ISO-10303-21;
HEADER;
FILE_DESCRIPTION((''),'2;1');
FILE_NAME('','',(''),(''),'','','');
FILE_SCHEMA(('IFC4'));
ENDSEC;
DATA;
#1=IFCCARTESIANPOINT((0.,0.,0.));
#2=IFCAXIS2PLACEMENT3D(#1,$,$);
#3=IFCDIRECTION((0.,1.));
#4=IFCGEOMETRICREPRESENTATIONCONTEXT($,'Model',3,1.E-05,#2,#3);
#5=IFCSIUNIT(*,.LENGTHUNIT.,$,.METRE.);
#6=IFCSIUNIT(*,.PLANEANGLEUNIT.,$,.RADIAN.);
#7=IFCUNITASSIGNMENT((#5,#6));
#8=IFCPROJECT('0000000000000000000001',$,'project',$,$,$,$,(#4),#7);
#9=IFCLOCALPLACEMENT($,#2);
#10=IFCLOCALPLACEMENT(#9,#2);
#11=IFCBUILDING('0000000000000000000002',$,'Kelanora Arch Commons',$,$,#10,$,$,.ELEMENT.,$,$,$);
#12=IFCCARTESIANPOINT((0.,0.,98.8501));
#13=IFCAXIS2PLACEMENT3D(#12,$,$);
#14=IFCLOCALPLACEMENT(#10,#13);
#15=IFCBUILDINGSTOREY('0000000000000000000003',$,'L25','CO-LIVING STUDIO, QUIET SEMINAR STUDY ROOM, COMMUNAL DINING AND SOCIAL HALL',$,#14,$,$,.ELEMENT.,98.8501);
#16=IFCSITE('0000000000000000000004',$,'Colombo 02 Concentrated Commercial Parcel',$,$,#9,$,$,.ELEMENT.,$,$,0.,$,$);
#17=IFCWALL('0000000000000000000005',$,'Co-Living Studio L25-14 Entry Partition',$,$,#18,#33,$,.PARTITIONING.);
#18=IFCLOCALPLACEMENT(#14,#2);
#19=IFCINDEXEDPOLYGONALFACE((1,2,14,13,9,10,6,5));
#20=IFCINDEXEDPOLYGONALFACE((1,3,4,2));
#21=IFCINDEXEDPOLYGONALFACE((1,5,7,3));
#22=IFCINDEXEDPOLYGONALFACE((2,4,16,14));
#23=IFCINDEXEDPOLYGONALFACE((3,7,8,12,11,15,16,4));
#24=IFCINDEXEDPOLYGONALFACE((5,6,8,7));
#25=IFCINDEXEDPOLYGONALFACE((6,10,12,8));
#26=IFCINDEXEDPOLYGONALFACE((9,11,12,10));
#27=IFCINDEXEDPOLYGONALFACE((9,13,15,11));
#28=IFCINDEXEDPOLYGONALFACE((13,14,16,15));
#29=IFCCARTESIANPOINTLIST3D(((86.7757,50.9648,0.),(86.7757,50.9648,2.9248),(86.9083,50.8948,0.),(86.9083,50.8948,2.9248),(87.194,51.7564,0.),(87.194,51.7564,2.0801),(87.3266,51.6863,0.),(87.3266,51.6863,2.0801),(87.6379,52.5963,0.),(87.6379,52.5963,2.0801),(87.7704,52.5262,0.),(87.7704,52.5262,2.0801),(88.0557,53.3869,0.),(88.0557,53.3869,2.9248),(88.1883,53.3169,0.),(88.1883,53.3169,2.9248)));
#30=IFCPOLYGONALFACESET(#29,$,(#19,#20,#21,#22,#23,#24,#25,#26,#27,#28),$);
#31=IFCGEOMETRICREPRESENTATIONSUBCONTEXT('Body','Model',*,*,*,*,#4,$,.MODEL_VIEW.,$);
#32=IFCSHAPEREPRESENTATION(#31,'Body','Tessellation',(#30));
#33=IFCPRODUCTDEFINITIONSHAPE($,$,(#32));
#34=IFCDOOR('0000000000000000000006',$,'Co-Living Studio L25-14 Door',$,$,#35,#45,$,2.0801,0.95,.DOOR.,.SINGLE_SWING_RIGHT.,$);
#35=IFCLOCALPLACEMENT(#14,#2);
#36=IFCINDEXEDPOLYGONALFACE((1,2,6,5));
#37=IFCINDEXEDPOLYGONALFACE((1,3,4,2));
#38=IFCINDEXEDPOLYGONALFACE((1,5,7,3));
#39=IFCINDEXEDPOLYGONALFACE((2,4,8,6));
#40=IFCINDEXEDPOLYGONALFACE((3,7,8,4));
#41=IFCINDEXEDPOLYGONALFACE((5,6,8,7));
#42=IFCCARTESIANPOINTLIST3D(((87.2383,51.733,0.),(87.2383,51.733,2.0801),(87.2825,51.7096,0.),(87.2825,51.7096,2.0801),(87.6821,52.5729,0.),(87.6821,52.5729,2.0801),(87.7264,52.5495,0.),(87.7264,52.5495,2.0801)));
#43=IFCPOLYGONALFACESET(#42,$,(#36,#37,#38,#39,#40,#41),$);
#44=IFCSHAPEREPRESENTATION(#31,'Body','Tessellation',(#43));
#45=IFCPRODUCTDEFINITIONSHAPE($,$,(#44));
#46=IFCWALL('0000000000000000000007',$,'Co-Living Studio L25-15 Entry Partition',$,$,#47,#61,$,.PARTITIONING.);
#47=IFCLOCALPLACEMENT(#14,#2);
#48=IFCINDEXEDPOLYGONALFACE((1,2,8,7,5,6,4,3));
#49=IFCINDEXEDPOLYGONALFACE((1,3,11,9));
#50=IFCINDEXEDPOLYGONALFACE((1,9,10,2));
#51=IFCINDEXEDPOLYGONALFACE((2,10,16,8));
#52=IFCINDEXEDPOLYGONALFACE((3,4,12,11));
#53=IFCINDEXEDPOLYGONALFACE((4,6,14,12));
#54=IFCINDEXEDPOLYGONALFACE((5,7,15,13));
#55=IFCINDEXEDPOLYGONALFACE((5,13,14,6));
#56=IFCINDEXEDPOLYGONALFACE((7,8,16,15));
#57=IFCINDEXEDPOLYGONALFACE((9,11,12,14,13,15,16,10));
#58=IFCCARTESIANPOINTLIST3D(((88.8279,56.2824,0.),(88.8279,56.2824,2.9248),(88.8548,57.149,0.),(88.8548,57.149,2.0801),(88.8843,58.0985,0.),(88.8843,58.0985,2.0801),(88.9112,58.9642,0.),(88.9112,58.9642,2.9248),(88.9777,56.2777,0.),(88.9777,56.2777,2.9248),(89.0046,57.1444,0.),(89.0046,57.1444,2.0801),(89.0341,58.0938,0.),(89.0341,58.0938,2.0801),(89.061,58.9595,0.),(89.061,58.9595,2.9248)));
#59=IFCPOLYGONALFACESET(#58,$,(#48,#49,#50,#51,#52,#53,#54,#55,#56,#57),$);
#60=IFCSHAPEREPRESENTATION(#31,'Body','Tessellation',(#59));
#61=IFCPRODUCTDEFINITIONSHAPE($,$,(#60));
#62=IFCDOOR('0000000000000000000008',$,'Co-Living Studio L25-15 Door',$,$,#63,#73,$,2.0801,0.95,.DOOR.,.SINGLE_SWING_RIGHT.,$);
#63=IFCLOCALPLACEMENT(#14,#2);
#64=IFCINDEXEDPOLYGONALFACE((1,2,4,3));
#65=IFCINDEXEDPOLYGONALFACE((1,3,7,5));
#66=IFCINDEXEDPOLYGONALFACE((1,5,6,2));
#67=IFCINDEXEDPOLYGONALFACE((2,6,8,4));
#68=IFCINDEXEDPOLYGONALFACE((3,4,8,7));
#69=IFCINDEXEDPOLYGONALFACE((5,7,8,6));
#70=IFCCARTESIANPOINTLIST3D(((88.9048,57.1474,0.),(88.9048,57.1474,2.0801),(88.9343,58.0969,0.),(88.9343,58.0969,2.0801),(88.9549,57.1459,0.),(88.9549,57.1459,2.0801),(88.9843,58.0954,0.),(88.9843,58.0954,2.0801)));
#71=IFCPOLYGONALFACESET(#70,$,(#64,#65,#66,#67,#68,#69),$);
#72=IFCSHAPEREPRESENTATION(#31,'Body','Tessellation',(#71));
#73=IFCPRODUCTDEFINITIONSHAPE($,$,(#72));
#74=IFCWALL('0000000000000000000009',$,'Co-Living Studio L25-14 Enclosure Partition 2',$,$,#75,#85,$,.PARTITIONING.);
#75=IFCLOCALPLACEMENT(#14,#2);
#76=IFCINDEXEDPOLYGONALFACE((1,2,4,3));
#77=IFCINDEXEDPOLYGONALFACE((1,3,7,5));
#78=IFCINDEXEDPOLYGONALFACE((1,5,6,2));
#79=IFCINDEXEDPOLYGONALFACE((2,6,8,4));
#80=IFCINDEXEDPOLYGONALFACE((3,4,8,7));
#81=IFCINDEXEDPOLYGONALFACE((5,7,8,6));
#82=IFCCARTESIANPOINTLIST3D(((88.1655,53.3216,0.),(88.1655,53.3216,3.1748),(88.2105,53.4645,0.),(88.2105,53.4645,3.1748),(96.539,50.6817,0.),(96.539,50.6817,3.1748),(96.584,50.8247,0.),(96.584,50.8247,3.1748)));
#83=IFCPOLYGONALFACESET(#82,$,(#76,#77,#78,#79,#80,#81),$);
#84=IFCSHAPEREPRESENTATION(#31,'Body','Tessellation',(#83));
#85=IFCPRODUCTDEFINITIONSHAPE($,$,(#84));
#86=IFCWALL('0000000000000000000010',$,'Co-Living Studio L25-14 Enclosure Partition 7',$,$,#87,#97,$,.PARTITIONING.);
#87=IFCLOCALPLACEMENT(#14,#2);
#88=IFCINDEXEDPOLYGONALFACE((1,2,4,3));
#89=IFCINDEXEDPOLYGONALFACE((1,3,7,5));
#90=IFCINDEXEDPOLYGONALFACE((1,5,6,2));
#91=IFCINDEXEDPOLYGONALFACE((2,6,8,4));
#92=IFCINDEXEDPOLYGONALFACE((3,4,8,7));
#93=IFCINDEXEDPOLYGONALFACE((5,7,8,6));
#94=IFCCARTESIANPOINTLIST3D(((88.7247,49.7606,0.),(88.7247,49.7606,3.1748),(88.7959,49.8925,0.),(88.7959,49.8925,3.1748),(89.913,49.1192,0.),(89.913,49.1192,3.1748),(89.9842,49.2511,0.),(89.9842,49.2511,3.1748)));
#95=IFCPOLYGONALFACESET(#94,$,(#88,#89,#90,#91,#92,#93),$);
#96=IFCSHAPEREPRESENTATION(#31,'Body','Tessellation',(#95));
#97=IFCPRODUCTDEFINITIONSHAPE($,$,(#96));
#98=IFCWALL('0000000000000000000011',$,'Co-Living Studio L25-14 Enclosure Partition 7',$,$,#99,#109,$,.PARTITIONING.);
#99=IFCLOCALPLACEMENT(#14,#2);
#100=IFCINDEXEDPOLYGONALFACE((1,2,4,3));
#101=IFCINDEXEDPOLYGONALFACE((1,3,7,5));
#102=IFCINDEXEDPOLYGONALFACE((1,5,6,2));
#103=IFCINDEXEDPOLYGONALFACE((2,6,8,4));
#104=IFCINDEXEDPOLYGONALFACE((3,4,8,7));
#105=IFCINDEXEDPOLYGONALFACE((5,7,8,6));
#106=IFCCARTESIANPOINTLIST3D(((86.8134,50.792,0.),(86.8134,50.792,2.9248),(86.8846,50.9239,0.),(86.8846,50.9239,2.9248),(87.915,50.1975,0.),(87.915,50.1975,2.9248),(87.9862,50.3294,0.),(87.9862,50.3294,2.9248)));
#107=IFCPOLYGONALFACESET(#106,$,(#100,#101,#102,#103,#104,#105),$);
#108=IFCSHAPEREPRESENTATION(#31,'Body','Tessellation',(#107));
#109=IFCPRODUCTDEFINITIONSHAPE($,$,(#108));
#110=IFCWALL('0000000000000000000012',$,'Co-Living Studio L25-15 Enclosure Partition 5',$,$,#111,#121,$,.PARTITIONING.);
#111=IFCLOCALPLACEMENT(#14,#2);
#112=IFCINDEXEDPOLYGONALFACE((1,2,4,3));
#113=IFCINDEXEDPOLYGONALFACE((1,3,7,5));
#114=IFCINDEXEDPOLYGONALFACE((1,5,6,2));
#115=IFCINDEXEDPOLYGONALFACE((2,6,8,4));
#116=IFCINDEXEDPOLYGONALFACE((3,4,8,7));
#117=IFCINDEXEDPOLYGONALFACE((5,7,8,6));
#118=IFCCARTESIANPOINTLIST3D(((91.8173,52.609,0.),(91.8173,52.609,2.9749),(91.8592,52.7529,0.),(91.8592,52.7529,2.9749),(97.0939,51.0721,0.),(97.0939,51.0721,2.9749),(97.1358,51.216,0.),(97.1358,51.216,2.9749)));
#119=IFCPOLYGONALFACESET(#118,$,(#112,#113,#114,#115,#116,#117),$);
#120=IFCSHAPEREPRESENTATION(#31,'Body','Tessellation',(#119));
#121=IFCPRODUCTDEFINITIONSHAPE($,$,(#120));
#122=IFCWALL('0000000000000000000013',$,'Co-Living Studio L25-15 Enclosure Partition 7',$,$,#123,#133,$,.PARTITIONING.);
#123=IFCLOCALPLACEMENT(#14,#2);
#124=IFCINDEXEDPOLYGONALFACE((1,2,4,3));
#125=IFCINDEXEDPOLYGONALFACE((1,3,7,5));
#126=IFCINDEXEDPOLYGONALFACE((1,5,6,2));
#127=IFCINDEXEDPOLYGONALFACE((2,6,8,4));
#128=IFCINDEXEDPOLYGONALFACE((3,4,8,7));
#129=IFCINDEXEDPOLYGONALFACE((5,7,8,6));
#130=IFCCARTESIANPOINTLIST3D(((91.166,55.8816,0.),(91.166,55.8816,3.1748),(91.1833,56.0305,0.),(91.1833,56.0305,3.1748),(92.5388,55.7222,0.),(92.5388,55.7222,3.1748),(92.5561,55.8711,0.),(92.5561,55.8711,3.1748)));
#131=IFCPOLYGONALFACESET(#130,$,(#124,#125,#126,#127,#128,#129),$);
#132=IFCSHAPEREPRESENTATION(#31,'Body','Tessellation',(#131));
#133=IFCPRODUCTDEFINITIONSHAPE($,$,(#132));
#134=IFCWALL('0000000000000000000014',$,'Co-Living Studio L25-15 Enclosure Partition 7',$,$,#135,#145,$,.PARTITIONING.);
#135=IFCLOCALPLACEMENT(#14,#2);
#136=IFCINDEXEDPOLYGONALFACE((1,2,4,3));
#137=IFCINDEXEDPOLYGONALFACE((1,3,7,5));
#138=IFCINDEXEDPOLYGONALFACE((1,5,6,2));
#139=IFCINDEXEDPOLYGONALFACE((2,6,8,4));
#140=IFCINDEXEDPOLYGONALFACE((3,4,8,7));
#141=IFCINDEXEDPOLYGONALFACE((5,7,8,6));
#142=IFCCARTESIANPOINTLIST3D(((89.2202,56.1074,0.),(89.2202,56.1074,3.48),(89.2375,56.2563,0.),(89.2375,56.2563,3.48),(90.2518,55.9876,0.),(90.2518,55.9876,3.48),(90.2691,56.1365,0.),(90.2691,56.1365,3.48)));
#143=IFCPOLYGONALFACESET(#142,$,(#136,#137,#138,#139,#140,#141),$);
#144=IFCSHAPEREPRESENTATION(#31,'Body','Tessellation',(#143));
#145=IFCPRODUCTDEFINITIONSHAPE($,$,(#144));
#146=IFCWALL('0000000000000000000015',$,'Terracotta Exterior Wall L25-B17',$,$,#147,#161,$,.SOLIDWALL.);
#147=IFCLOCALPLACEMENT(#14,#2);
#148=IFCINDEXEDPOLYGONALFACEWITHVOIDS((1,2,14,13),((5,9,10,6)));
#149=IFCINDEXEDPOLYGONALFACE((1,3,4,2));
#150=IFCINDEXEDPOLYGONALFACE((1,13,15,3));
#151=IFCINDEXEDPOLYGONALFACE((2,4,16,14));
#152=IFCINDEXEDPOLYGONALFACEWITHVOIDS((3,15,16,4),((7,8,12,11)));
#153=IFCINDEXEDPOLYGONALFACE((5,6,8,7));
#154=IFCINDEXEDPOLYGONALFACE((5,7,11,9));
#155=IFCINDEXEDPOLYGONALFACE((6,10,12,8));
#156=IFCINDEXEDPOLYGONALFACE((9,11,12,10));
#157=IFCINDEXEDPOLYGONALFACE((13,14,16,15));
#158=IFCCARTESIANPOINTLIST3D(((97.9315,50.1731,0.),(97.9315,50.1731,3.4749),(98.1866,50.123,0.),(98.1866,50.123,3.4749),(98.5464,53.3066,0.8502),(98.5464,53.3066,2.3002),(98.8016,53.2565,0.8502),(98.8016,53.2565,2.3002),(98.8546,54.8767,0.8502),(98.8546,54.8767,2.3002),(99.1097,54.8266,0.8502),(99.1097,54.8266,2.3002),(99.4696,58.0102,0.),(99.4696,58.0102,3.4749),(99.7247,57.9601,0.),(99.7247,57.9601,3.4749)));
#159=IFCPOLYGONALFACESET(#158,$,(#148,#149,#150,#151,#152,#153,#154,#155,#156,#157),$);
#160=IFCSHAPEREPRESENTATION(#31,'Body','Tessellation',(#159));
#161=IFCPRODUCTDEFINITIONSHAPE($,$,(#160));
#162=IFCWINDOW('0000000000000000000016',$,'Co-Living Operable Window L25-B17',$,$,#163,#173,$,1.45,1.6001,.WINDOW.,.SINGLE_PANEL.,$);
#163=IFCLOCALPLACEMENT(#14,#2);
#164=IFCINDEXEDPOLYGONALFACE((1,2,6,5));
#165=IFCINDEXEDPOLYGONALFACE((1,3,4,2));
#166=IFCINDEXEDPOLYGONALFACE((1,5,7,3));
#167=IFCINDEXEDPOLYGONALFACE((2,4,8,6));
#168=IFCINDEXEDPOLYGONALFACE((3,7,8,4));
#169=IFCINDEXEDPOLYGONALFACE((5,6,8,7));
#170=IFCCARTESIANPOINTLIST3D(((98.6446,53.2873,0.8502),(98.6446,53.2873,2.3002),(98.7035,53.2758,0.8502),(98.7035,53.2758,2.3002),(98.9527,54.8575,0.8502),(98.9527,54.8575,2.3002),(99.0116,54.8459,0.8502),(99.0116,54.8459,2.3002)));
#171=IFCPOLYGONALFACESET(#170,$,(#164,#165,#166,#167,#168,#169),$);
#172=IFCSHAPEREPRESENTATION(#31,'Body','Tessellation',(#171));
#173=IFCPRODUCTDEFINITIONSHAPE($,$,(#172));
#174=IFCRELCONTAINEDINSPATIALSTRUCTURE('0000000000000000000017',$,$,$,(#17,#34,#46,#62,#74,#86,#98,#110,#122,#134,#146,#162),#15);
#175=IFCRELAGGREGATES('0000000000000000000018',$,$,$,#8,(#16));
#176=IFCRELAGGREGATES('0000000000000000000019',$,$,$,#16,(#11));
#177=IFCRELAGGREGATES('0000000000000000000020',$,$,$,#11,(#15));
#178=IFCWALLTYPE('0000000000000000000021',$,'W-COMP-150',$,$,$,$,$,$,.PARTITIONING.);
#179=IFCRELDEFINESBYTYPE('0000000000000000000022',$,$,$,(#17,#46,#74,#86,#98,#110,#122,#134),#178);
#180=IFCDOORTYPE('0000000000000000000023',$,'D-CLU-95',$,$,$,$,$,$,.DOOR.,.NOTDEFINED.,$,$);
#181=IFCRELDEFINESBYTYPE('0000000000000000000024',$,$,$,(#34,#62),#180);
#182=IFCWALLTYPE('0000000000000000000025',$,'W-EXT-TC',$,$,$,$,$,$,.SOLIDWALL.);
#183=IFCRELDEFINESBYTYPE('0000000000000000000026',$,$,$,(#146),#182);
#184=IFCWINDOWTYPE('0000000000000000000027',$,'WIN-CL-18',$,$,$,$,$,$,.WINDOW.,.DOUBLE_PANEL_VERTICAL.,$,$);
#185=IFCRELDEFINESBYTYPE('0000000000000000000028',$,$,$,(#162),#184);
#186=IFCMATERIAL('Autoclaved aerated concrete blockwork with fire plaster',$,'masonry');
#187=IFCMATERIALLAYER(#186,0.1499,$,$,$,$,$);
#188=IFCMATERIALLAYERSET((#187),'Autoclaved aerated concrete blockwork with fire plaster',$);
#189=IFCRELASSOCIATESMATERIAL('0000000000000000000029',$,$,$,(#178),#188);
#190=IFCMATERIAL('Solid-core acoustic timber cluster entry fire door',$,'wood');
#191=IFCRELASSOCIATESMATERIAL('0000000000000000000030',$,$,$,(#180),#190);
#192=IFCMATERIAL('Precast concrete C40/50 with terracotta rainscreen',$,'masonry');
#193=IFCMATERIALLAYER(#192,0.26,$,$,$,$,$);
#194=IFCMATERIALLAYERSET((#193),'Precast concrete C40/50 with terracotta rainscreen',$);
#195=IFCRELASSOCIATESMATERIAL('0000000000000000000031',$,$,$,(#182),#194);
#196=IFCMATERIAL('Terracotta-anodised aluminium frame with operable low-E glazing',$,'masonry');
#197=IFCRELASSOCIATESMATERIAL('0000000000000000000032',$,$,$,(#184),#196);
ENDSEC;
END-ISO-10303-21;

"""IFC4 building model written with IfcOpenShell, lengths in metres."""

from ifc_helpers import new_model, si_unit, direction, frame, frame_2d, origin, place, context, subcontext, project, spatial, rectangle, extrude, material, layer, layer_set, type_object, element, fill, save


model = new_model("IFC4")

# Units and contexts
model_context = context("Model", 3, precision=1e-05, world=origin(), true_north=direction((0.0, 1.0)))
body_context = subcontext(model_context, "Body", "Model", "MODEL_VIEW")
ifc_project = project(units=[si_unit("LENGTHUNIT", "METRE"), si_unit("PLANEANGLEUNIT", "RADIAN")], contexts=[model_context])

# Site, building, storey
site_placement = place(None, origin())
site = spatial("IfcSite", under=ifc_project, at=site_placement, Name="Colombo 02 Concentrated Commercial Parcel", CompositionType="ELEMENT", RefElevation=0.0)
building_placement = place(site_placement, origin())
building = spatial("IfcBuilding", under=site, at=building_placement, Name="Kelanora Arch Commons", CompositionType="ELEMENT")
storey_placement = place(building_placement, frame((0.0, 0.0, 98.8501)))
storey = spatial("IfcBuildingStorey", under=building, at=storey_placement, Name="L25", Description="CO-LIVING STUDIO, QUIET SEMINAR STUDY ROOM, COMMUNAL DINING AND SOCIAL HALL", CompositionType="ELEMENT", Elevation=98.8501)

# Walls, openings, doors
ifc_material_1 = material(Name="Autoclaved aerated concrete blockwork with fire plaster", Category="masonry")
ifc_layer_1 = layer(ifc_material_1, 0.1499)
ifc_layer_set_1 = layer_set([ifc_layer_1], Name="Autoclaved aerated concrete blockwork with fire plaster")
wall_type_1 = type_object("IfcWallType", Name="W-COMP-150", PredefinedType="PARTITIONING", material=ifc_layer_set_1)
wall_1_placement = place(storey_placement, frame((86.842, 50.9299, 0.0), z_axis=(0.0, 0.0, 1.0), x_axis=(0.467241, 0.88413, 0.0)))
wall_1 = element("IfcWall", 1, at=wall_1_placement, inside=storey, type_object=wall_type_1, Name="Co-Living Studio L25-14 Entry Partition", PredefinedType="PARTITIONING", context=body_context, shape_type="SweptSolid", body=[
    extrude(rectangle(XDim=2.7395, YDim=0.1499, at=frame_2d((1.3696, 0.0))), origin(), (0.0, 0.0, 1.0), 2.9248),
])
opening_1_placement = place(wall_1_placement, frame((0.895, 0.0, 0.0)))
opening_1 = element("IfcOpeningElement", 2, at=opening_1_placement, cuts=wall_1, PredefinedType="OPENING", context=body_context, shape_type="SweptSolid", body=[
    extrude(rectangle(XDim=0.95, YDim=2.0801, at=frame_2d((0.4751, 1.04))), frame((0.0, 0.085, 0.0), z_axis=(0.0, -1.0, 0.0), x_axis=(1.0, 0.0, 0.0)), (0.0, 0.0, 1.0), 0.1699),
])
ifc_material_2 = material(Name="Solid-core acoustic timber cluster entry fire door", Category="wood")
door_type_1 = type_object("IfcDoorType", Name="D-CLU-95", OperationType="NOTDEFINED", PredefinedType="DOOR", material=ifc_material_2)
door_1_placement = place(opening_1_placement, origin())
door_1 = element("IfcDoor", 3, at=door_1_placement, inside=storey, type_object=door_type_1, Name="Co-Living Studio L25-14 Door", OperationType="SINGLE_SWING_RIGHT", OverallHeight=2.0801, OverallWidth=0.95, PredefinedType="DOOR", context=body_context, shape_type="SweptSolid", body=[
    extrude(rectangle(XDim=0.95, YDim=2.0801, at=frame_2d((0.4751, 1.04))), frame((0.0, 0.0249, 0.0), z_axis=(0.0, -1.0, 0.0), x_axis=(1.0, 0.0, 0.0)), (0.0, 0.0, 1.0), 0.05),
])
fill(opening_1, door_1)
wall_2_placement = place(storey_placement, frame((88.9028, 56.28, 0.0), z_axis=(0.0, 0.0, 1.0), x_axis=(0.031027, 0.999519, 0.0)))
wall_2 = element("IfcWall", 4, at=wall_2_placement, inside=storey, type_object=wall_type_1, Name="Co-Living Studio L25-15 Entry Partition", PredefinedType="PARTITIONING", context=body_context, shape_type="SweptSolid", body=[
    extrude(rectangle(XDim=2.6831, YDim=0.1499, at=frame_2d((1.3416, 0.0))), origin(), (0.0, 0.0, 1.0), 2.9248),
])
opening_2_placement = place(wall_2_placement, frame((0.8669, 0.0, 0.0)))
opening_2 = element("IfcOpeningElement", 5, at=opening_2_placement, cuts=wall_2, PredefinedType="OPENING", context=body_context, shape_type="SweptSolid", body=[
    extrude(rectangle(XDim=0.95, YDim=2.0801, at=frame_2d((0.4751, 1.04))), frame((0.0, 0.085, 0.0), z_axis=(0.0, -1.0, 0.0), x_axis=(1.0, 0.0, 0.0)), (0.0, 0.0, 1.0), 0.1699),
])
door_2_placement = place(opening_2_placement, origin())
door_2 = element("IfcDoor", 6, at=door_2_placement, inside=storey, type_object=door_type_1, Name="Co-Living Studio L25-15 Door", OperationType="SINGLE_SWING_RIGHT", OverallHeight=2.0801, OverallWidth=0.95, PredefinedType="DOOR", context=body_context, shape_type="SweptSolid", body=[
    extrude(rectangle(XDim=0.95, YDim=2.0801, at=frame_2d((0.4751, 1.04))), frame((0.0, 0.0249, 0.0), z_axis=(0.0, -1.0, 0.0), x_axis=(1.0, 0.0, 0.0)), (0.0, 0.0, 1.0), 0.05),
])
fill(opening_2, door_2)

# Walls
wall_3_placement = place(storey_placement, frame((88.188, 53.3931, 0.0), z_axis=(0.0, 0.0, 1.0), x_axis=(0.953726, -0.300678, 0.0)))
element("IfcWall", 7, at=wall_3_placement, inside=storey, type_object=wall_type_1, Name="Co-Living Studio L25-14 Enclosure Partition 2", PredefinedType="PARTITIONING", context=body_context, shape_type="SweptSolid", body=[
    extrude(rectangle(XDim=8.7798, YDim=0.1499, at=frame_2d((4.3899, 0.0))), origin(), (0.0, 0.0, 1.0), 3.1748),
])
wall_4_placement = place(storey_placement, frame((89.9487, 49.1851, 0.0), z_axis=(0.0, 0.0, 1.0), x_axis=(-0.879995, 0.474984, 0.0)))
element("IfcWall", 8, at=wall_4_placement, inside=storey, type_object=wall_type_1, Name="Co-Living Studio L25-14 Enclosure Partition 7", PredefinedType="PARTITIONING", context=body_context, shape_type="SweptSolid", body=[
    extrude(rectangle(XDim=1.3503, YDim=0.1499, at=frame_2d((0.6753, 0.0))), origin(), (0.0, 0.0, 1.0), 3.1748),
])
wall_5_placement = place(storey_placement, frame((87.9507, 50.2634, 0.0), z_axis=(0.0, 0.0, 1.0), x_axis=(-0.880026, 0.474925, 0.0)))
element("IfcWall", 9, at=wall_5_placement, inside=storey, type_object=wall_type_1, Name="Co-Living Studio L25-14 Enclosure Partition 7", PredefinedType="PARTITIONING", context=body_context, shape_type="SweptSolid", body=[
    extrude(rectangle(XDim=1.2517, YDim=0.1499, at=frame_2d((0.626, 0.0))), origin(), (0.0, 0.0, 1.0), 2.9248),
])
wall_6_placement = place(storey_placement, frame((97.115, 51.144, 0.0), z_axis=(0.0, 0.0, 1.0), x_axis=(-0.960105, 0.27964, 0.0)))
element("IfcWall", 10, at=wall_6_placement, inside=storey, type_object=wall_type_1, Name="Co-Living Studio L25-15 Enclosure Partition 5", PredefinedType="PARTITIONING", context=body_context, shape_type="SweptSolid", body=[
    extrude(rectangle(XDim=5.4958, YDim=0.1499, at=frame_2d((2.748, 0.0))), origin(), (0.0, 0.0, 1.0), 2.9749),
])
wall_7_placement = place(storey_placement, frame((92.5474, 55.7966, 0.0), z_axis=(0.0, 0.0, 1.0), x_axis=(-0.993324, 0.115355, 0.0)))
element("IfcWall", 11, at=wall_7_placement, inside=storey, type_object=wall_type_1, Name="Co-Living Studio L25-15 Enclosure Partition 7", PredefinedType="PARTITIONING", context=body_context, shape_type="SweptSolid", body=[
    extrude(rectangle(XDim=1.3821, YDim=0.1499, at=frame_2d((0.6909, 0.0))), origin(), (0.0, 0.0, 1.0), 3.1748),
])
wall_8_placement = place(storey_placement, frame((90.2605, 56.062, 0.0), z_axis=(0.0, 0.0, 1.0), x_axis=(-0.993318, 0.115409, 0.0)))
element("IfcWall", 12, at=wall_8_placement, inside=storey, type_object=wall_type_1, Name="Co-Living Studio L25-15 Enclosure Partition 7", PredefinedType="PARTITIONING", context=body_context, shape_type="SweptSolid", body=[
    extrude(rectangle(XDim=1.0386, YDim=0.1499, at=frame_2d((0.5193, 0.0))), origin(), (0.0, 0.0, 1.0), 3.48),
])

# Wall, opening, window
ifc_material_3 = material(Name="Precast concrete C40/50 with terracotta rainscreen", Category="masonry")
ifc_layer_2 = layer(ifc_material_3, 0.26)
ifc_layer_set_2 = layer_set([ifc_layer_2], Name="Precast concrete C40/50 with terracotta rainscreen")
wall_type_2 = type_object("IfcWallType", Name="W-EXT-TC", PredefinedType="SOLIDWALL", material=ifc_layer_set_2)
wall_9_placement = place(storey_placement, frame((98.0591, 50.1482, 0.0), z_axis=(0.0, 0.0, 1.0), x_axis=(0.192582, 0.981281, 0.0)))
wall_9 = element("IfcWall", 13, at=wall_9_placement, inside=storey, type_object=wall_type_2, Name="Terracotta Exterior Wall L25-B17", PredefinedType="SOLIDWALL", context=body_context, shape_type="SweptSolid", body=[
    extrude(rectangle(XDim=7.9866, YDim=0.26, at=frame_2d((3.9932, 0.0))), origin(), (0.0, 0.0, 1.0), 3.4749),
])
opening_3_placement = place(wall_9_placement, frame((3.1931, 0.0, 0.8501)))
opening_3 = element("IfcOpeningElement", 14, at=opening_3_placement, cuts=wall_9, PredefinedType="OPENING", context=body_context, shape_type="SweptSolid", body=[
    extrude(rectangle(XDim=1.6001, YDim=1.45, at=frame_2d((0.8, 0.7251))), frame((0.0, 0.1401, 0.0), z_axis=(0.0, -1.0, 0.0), x_axis=(1.0, 0.0, 0.0)), (0.0, 0.0, 1.0), 0.28),
])
ifc_material_4 = material(Name="Terracotta-anodised aluminium frame with operable low-E glazing", Category="masonry")
window_type = type_object("IfcWindowType", Name="WIN-CL-18", PartitioningType="DOUBLE_PANEL_VERTICAL", PredefinedType="WINDOW", material=ifc_material_4)
window_placement = place(opening_3_placement, origin())
window = element("IfcWindow", 15, at=window_placement, inside=storey, type_object=window_type, Name="Co-Living Operable Window L25-B17", OverallHeight=1.45, OverallWidth=1.6001, PartitioningType="SINGLE_PANEL", PredefinedType="WINDOW", context=body_context, shape_type="SweptSolid", body=[
    extrude(rectangle(XDim=1.6001, YDim=1.45, at=frame_2d((0.8, 0.7251))), frame((0.0, 0.03, 0.0), z_axis=(0.0, -1.0, 0.0), x_axis=(1.0, 0.0, 0.0)), (0.0, 0.0, 1.0), 0.0601),
])
fill(opening_3, window)

save(model, "model.ifc")
